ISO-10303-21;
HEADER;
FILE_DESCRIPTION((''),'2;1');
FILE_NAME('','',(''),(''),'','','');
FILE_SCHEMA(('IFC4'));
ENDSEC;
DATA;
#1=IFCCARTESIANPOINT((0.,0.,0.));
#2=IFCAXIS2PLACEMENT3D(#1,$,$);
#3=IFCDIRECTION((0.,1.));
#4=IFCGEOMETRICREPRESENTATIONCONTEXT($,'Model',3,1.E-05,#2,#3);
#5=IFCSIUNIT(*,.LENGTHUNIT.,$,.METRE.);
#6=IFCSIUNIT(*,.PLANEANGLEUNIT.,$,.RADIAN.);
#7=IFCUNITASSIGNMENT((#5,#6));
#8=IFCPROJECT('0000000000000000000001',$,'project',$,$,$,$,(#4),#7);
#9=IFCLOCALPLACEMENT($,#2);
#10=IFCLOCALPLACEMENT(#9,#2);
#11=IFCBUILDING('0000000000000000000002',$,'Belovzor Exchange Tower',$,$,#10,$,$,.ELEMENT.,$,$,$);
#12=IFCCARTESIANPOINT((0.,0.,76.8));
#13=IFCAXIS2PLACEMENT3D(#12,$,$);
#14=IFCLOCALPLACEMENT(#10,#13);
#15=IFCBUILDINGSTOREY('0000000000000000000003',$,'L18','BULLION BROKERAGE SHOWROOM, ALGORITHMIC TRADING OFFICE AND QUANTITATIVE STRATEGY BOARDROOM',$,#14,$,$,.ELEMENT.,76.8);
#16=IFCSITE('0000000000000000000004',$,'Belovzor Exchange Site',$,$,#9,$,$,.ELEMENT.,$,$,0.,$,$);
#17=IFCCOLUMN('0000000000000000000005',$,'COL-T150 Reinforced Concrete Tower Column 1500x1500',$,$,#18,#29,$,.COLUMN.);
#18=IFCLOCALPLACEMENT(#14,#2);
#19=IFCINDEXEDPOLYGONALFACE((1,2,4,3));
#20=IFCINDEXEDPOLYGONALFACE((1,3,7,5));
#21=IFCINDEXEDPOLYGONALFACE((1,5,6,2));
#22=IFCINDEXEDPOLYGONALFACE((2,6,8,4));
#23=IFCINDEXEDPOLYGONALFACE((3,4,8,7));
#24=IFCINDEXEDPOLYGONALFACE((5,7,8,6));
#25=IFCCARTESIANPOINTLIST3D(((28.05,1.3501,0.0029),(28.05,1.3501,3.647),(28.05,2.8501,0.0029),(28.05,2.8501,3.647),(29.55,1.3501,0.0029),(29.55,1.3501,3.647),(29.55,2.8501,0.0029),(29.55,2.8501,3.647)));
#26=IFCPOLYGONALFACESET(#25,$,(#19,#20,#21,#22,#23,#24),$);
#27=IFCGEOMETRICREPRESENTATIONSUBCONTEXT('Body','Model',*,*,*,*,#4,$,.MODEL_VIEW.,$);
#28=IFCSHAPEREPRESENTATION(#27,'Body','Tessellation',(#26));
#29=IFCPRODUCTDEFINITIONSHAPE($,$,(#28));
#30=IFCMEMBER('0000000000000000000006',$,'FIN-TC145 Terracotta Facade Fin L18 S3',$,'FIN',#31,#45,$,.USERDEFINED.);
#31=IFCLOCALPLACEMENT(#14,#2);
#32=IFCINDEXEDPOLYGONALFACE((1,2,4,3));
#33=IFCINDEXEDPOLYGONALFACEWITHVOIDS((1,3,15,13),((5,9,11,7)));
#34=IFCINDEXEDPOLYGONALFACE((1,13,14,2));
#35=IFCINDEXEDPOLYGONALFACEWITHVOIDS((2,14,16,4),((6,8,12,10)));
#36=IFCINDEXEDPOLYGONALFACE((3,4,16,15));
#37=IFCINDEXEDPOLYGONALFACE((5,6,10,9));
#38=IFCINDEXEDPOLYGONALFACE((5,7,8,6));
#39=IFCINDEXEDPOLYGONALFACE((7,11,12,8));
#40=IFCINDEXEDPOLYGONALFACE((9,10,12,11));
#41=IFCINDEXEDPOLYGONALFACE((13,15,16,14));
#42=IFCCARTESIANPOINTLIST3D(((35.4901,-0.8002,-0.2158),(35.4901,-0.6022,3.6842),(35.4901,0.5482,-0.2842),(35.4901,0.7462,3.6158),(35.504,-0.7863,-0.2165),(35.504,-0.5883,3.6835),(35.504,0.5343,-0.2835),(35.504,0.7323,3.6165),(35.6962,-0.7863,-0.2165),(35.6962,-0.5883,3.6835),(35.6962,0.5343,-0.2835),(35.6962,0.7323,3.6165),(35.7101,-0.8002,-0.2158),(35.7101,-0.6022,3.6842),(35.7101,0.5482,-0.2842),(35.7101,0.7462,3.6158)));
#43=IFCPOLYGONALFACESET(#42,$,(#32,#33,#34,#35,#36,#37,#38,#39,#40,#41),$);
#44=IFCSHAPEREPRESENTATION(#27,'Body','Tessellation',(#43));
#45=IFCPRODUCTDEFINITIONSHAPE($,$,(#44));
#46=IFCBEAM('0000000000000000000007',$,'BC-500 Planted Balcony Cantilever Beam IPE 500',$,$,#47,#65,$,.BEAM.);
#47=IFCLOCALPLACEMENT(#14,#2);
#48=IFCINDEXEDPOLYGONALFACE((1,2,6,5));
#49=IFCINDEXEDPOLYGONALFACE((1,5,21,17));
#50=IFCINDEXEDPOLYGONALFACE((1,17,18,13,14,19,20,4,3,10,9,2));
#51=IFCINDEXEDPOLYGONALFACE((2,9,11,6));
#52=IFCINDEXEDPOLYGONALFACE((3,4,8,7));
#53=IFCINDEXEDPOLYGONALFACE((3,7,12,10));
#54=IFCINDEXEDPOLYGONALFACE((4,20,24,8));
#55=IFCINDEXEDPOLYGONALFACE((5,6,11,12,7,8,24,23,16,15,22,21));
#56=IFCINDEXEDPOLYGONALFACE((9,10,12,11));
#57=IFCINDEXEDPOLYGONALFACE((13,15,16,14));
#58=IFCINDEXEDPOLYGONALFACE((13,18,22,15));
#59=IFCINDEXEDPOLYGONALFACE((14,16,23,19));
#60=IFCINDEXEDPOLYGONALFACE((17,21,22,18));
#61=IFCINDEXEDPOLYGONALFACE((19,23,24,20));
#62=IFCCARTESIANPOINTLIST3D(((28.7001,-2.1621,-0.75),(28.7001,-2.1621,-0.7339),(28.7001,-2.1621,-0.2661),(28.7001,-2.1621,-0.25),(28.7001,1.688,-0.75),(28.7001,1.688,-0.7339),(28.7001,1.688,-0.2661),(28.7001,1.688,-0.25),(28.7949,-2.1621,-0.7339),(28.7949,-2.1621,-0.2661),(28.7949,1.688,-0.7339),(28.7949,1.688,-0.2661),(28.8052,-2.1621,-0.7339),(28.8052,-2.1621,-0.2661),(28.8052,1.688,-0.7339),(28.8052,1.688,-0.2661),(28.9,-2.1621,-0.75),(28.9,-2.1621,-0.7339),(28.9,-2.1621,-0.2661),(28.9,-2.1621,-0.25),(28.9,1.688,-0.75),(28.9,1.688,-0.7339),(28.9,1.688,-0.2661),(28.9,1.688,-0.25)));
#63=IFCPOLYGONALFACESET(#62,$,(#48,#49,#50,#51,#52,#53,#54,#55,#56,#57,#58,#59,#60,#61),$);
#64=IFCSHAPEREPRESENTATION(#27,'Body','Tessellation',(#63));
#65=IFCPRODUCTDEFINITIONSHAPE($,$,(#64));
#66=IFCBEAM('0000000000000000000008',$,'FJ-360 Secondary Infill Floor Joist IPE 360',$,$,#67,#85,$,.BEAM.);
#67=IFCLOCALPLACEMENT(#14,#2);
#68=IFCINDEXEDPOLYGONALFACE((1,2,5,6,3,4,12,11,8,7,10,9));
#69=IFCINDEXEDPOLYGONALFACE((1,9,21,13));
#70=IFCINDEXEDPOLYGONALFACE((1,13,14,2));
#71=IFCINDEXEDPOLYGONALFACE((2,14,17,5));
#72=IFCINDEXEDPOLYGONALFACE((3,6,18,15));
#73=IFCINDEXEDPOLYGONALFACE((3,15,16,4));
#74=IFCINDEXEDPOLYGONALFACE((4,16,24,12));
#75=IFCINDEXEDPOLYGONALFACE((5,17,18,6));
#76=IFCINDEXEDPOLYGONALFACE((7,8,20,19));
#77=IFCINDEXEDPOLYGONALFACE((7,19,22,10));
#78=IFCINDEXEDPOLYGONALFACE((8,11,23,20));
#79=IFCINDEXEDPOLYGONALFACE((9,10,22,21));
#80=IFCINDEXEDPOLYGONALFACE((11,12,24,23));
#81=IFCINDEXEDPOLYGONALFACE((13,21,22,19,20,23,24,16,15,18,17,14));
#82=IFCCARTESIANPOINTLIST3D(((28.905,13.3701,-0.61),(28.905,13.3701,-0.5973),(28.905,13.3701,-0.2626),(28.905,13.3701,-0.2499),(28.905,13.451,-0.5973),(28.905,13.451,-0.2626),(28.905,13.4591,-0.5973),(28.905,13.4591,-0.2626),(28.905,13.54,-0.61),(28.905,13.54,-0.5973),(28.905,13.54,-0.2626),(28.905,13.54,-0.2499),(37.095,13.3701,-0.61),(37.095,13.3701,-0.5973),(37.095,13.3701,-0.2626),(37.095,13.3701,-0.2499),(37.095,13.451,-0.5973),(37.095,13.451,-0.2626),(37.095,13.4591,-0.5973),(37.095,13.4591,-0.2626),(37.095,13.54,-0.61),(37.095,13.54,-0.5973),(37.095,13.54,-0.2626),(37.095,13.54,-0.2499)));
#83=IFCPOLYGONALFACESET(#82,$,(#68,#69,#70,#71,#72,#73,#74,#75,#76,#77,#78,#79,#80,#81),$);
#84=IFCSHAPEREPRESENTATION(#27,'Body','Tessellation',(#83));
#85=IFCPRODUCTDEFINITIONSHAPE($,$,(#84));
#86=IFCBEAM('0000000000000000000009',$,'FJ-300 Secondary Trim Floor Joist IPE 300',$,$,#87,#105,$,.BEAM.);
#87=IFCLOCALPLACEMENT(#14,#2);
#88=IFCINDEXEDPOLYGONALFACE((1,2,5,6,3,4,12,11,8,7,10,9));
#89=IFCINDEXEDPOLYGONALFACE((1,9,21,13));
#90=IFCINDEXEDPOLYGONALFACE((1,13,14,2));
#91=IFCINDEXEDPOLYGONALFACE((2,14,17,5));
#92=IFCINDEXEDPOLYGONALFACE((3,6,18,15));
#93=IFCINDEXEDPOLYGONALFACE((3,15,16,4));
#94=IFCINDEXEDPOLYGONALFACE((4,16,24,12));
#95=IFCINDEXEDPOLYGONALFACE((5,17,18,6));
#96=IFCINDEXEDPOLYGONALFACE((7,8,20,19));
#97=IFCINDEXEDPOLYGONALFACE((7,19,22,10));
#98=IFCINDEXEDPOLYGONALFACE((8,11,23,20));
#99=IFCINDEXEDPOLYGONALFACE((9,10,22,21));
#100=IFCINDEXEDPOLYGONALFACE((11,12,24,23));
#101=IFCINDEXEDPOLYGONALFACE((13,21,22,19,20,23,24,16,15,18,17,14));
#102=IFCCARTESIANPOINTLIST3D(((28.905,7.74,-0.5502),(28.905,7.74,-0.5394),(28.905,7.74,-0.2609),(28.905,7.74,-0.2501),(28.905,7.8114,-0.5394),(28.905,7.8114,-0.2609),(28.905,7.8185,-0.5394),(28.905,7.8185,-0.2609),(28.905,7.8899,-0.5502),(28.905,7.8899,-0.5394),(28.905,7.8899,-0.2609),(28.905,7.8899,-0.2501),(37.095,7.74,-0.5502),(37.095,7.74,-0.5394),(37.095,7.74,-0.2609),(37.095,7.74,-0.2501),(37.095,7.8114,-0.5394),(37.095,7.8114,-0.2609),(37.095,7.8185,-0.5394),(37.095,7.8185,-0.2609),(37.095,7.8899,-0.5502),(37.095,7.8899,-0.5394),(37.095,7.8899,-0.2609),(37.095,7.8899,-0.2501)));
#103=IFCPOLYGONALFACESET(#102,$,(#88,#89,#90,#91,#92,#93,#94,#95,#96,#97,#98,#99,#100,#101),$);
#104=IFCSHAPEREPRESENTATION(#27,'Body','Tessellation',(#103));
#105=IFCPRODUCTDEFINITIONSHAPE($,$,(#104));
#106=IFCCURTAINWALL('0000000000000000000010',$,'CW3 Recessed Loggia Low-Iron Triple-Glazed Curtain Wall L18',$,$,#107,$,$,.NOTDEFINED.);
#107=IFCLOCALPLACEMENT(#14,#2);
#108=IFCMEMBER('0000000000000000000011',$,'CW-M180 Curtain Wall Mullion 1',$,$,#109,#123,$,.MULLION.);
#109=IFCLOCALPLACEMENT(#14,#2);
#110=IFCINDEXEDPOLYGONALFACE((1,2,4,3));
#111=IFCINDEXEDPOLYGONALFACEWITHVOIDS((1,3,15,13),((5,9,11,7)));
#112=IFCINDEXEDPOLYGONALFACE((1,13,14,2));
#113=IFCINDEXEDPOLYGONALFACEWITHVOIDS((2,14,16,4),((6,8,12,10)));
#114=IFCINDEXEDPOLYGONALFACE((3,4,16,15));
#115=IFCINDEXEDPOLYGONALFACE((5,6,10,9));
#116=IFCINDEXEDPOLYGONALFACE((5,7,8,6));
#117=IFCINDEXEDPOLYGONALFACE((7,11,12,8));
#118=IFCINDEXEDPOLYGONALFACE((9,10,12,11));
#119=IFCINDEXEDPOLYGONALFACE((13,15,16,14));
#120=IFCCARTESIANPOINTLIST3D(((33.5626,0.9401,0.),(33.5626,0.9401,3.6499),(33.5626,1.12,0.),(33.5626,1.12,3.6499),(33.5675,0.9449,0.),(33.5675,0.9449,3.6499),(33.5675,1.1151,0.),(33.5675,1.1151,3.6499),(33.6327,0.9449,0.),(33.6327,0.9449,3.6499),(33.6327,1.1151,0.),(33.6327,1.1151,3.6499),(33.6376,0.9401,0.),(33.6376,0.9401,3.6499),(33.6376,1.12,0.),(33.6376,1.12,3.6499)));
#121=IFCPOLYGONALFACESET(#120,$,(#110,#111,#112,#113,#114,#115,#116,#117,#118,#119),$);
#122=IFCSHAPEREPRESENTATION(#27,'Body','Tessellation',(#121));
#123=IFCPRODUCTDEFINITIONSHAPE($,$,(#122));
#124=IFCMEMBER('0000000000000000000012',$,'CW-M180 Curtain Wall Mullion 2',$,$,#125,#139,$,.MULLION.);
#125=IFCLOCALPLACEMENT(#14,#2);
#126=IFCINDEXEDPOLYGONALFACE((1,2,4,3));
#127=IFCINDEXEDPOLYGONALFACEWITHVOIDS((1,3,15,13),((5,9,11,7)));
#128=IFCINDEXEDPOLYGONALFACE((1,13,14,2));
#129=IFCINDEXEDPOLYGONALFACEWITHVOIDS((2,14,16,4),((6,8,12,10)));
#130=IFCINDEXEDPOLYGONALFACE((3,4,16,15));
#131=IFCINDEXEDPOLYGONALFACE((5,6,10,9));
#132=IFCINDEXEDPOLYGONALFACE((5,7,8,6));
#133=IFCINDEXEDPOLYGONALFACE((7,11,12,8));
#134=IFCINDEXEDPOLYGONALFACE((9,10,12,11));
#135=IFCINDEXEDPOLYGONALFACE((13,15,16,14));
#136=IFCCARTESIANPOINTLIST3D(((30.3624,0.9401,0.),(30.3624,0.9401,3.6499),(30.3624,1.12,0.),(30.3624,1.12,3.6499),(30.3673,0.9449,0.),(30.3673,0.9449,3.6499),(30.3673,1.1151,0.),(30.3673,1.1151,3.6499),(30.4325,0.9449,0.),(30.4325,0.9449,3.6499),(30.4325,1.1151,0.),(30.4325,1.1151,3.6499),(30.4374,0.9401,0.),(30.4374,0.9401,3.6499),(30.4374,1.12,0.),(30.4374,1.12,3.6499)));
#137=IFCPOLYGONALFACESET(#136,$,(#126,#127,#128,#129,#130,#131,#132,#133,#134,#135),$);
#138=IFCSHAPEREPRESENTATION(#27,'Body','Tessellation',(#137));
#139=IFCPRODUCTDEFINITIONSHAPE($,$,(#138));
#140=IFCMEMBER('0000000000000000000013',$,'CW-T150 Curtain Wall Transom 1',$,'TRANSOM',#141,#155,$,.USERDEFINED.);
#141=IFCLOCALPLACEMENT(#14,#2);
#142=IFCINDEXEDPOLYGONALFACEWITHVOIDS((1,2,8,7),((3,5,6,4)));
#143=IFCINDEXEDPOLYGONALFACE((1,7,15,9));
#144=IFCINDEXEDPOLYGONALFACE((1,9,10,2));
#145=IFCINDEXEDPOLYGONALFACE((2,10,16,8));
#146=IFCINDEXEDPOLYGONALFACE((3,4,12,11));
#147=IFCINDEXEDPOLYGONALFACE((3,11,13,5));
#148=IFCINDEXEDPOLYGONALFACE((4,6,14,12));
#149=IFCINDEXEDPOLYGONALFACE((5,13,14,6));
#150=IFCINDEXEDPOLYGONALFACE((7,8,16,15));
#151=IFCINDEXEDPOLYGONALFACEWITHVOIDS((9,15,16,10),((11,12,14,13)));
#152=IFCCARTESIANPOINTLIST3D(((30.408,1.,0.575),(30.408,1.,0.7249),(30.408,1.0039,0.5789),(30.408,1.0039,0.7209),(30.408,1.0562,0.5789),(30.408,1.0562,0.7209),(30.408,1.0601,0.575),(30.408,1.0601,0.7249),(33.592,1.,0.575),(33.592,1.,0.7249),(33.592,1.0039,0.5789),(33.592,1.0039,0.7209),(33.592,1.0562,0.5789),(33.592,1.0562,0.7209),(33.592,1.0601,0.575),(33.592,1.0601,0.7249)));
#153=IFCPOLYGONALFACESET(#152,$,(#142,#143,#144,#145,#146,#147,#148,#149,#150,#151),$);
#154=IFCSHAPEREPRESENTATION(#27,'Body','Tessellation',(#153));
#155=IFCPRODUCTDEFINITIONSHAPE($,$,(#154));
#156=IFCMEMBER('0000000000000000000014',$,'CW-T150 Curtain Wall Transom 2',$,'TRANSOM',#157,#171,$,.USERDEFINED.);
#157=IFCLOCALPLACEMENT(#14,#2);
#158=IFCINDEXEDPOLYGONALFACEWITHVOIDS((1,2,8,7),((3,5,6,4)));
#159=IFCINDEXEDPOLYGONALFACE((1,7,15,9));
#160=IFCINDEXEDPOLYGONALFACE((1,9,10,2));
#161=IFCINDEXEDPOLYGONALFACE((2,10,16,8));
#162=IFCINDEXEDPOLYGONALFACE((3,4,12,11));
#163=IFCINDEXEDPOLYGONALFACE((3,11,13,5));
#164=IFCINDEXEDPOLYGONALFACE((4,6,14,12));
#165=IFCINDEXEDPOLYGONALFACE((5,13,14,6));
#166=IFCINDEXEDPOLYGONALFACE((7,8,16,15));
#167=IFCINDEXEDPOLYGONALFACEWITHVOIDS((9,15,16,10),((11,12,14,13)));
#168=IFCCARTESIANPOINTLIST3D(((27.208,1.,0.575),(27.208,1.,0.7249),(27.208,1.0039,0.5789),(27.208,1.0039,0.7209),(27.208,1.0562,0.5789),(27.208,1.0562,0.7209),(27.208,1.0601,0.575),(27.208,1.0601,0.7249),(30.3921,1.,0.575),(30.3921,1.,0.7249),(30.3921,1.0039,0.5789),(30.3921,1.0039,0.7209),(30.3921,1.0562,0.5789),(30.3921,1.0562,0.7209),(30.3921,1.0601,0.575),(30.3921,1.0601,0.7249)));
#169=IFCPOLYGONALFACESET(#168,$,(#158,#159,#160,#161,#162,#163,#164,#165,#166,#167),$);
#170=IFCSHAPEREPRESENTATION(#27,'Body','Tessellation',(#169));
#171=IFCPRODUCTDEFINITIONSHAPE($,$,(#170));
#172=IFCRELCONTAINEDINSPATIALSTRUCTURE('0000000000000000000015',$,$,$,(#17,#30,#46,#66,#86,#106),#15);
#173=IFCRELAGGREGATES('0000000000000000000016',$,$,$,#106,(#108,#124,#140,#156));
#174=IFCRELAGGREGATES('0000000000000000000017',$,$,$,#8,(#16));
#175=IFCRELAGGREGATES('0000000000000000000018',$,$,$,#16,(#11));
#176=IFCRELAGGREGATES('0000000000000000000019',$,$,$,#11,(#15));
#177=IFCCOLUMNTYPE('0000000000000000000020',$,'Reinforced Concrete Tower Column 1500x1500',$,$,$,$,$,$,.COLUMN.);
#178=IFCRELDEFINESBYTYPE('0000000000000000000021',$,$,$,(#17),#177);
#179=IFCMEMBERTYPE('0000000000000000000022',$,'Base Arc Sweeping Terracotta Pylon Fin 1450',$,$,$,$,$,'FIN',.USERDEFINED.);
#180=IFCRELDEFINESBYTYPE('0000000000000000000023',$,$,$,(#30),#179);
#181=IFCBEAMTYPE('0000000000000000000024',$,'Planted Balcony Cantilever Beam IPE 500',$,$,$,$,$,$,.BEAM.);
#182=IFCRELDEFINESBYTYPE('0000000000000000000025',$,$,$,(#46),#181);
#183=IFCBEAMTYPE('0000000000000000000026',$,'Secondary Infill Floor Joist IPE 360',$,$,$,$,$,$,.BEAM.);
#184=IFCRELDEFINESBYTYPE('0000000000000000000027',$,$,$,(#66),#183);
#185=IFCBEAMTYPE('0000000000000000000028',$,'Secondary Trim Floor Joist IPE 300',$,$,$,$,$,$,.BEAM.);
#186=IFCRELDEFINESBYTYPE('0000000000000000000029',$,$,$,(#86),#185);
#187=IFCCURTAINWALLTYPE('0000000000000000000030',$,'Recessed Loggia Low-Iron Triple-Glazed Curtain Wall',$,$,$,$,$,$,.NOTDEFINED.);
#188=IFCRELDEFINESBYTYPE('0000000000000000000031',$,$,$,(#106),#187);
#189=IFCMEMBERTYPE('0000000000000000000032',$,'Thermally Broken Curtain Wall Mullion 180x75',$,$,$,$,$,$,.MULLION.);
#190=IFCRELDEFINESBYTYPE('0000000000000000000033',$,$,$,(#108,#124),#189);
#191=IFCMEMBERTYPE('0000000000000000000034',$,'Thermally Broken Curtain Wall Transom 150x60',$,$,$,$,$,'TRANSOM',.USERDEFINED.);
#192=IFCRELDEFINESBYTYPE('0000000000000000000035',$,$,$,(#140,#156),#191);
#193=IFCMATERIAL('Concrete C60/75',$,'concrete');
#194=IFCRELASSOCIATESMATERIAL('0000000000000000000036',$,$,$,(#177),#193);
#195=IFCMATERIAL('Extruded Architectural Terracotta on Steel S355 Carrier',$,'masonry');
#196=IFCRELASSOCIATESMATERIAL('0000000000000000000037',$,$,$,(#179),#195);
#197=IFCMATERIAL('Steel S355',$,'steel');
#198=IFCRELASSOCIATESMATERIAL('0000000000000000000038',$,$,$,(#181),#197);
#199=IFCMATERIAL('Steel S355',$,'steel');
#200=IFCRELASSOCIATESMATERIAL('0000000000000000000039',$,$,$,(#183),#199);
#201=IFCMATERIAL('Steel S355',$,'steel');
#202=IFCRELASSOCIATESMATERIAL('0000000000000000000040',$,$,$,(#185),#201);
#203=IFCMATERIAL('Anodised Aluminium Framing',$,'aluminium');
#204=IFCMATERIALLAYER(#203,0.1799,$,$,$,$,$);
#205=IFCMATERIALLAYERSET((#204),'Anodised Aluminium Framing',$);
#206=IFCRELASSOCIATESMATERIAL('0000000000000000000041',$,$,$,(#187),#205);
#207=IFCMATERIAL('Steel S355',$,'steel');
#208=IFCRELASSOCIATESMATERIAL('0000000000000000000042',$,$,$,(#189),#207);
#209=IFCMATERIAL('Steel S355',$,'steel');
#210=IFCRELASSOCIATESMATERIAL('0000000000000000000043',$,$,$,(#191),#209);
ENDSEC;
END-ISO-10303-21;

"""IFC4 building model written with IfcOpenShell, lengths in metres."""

from ifc_helpers import new_model, si_unit, direction, frame, origin, origin_2d, place, context, subcontext, project, spatial, rectangle, hollow_rectangle, i_section, extrude, material, layer, layer_set, material_profile, profile_set, type_object, element, aggregate, save


model = new_model("IFC4")

# Units and contexts
model_context = context("Model", 3, precision=1e-05, world=origin(), true_north=direction((0.0, 1.0)))
body_context = subcontext(model_context, "Body", "Model", "MODEL_VIEW")
ifc_project = project(units=[si_unit("LENGTHUNIT", "METRE"), si_unit("PLANEANGLEUNIT", "RADIAN")], contexts=[model_context])

# Site, building, storey
site_placement = place(None, origin())
site = spatial("IfcSite", under=ifc_project, at=site_placement, Name="Belovzor Exchange Site", CompositionType="ELEMENT", RefElevation=0.0)
building_placement = place(site_placement, origin())
building = spatial("IfcBuilding", under=site, at=building_placement, Name="Belovzor Exchange Tower", CompositionType="ELEMENT")
storey_placement = place(building_placement, frame((0.0, 0.0, 76.8)))
storey = spatial("IfcBuildingStorey", under=building, at=storey_placement, Name="L18", Description="BULLION BROKERAGE SHOWROOM, ALGORITHMIC TRADING OFFICE AND QUANTITATIVE STRATEGY BOARDROOM", CompositionType="ELEMENT", Elevation=76.8)

# Column
ifc_material_1 = material(Name="Concrete C60/75", Category="concrete")
ifc_material_profile_1 = material_profile(ifc_material_1, rectangle(XDim=1.5, YDim=1.5, at=origin_2d()))
ifc_profile_set_1 = profile_set([ifc_material_profile_1], Name="Concrete C60/75")
column_type = type_object("IfcColumnType", Name="Reinforced Concrete Tower Column 1500x1500", PredefinedType="COLUMN", material=ifc_profile_set_1)
column_placement = place(storey_placement, frame((28.8, 2.1001, 0.0029), z_axis=(0.0, 0.0, 1.0), x_axis=(1.0, 0.0, 0.0)))
element("IfcColumn", 1, at=column_placement, inside=storey, type_object=column_type, Name="COL-T150 Reinforced Concrete Tower Column 1500x1500", PredefinedType="COLUMN", context=body_context, shape_type="SweptSolid", body=[
    extrude(rectangle(XDim=1.5, YDim=1.5, at=origin_2d()), origin(), (0.0, 0.0, 1.0), 3.644),
])

# Member
ifc_material_2 = material(Name="Extruded Architectural Terracotta on Steel S355 Carrier", Category="masonry")
ifc_material_profile_2 = material_profile(ifc_material_2, hollow_rectangle(XDim=0.22, YDim=1.3501, WallThickness=0.0139, at=origin_2d()))
ifc_profile_set_2 = profile_set([ifc_material_profile_2], Name="Extruded Architectural Terracotta on Steel S355 Carrier")
member_type_1 = type_object("IfcMemberType", Name="Base Arc Sweeping Terracotta Pylon Fin 1450", ElementType="FIN", PredefinedType="USERDEFINED", material=ifc_profile_set_2)
member_1_placement = place(storey_placement, frame((35.6001, -0.126, -0.25), z_axis=(0.0, 0.050705, 0.998714), x_axis=(-1.0, 0.0, 0.0)))
element("IfcMember", 2, at=member_1_placement, inside=storey, type_object=member_type_1, Name="FIN-TC145 Terracotta Facade Fin L18 S3", ObjectType="FIN", PredefinedType="USERDEFINED", context=body_context, shape_type="SweptSolid", body=[
    extrude(hollow_rectangle(XDim=0.22, YDim=1.3501, WallThickness=0.0139, at=origin_2d()), origin(), (0.0, 0.0, 1.0), 3.905),
])

# Beams
ifc_material_3 = material(Name="Steel S355", Category="steel")
ifc_material_profile_3 = material_profile(ifc_material_3, i_section(OverallWidth=0.2, OverallDepth=0.5, WebThickness=0.0103, FlangeThickness=0.0161, at=origin_2d()))
ifc_profile_set_3 = profile_set([ifc_material_profile_3], Name="Steel S355")
beam_type_1 = type_object("IfcBeamType", Name="Planted Balcony Cantilever Beam IPE 500", PredefinedType="BEAM", material=ifc_profile_set_3)
beam_1_placement = place(storey_placement, frame((28.8, 1.688, -0.5), z_axis=(0.0, -1.0, 0.0), x_axis=(1.0, 0.0, 0.0)))
element("IfcBeam", 3, at=beam_1_placement, inside=storey, type_object=beam_type_1, Name="BC-500 Planted Balcony Cantilever Beam IPE 500", PredefinedType="BEAM", context=body_context, shape_type="SweptSolid", body=[
    extrude(i_section(OverallWidth=0.2, OverallDepth=0.5, WebThickness=0.0103, FlangeThickness=0.0161, at=origin_2d()), origin(), (0.0, 0.0, 1.0), 3.8501),
])
ifc_material_4 = material(Name="Steel S355", Category="steel")
ifc_material_profile_4 = material_profile(ifc_material_4, i_section(OverallWidth=0.1699, OverallDepth=0.3601, WebThickness=0.0081, FlangeThickness=0.0127, at=origin_2d()))
ifc_profile_set_4 = profile_set([ifc_material_profile_4], Name="Steel S355")
beam_type_2 = type_object("IfcBeamType", Name="Secondary Infill Floor Joist IPE 360", PredefinedType="BEAM", material=ifc_profile_set_4)
beam_2_placement = place(storey_placement, frame((28.905, 13.4551, -0.4299), z_axis=(1.0, 0.0, 0.0), x_axis=(0.0, 1.0, 0.0)))
element("IfcBeam", 4, at=beam_2_placement, inside=storey, type_object=beam_type_2, Name="FJ-360 Secondary Infill Floor Joist IPE 360", PredefinedType="BEAM", context=body_context, shape_type="SweptSolid", body=[
    extrude(i_section(OverallWidth=0.1699, OverallDepth=0.3601, WebThickness=0.0081, FlangeThickness=0.0127, at=origin_2d()), origin(), (0.0, 0.0, 1.0), 8.1899),
])
ifc_material_5 = material(Name="Steel S355", Category="steel")
ifc_material_profile_5 = material_profile(ifc_material_5, i_section(OverallWidth=0.1499, OverallDepth=0.3, WebThickness=0.0071, FlangeThickness=0.0107, at=origin_2d()))
ifc_profile_set_5 = profile_set([ifc_material_profile_5], Name="Steel S355")
beam_type_3 = type_object("IfcBeamType", Name="Secondary Trim Floor Joist IPE 300", PredefinedType="BEAM", material=ifc_profile_set_5)
beam_3_placement = place(storey_placement, frame((28.905, 7.8149, -0.4001), z_axis=(1.0, 0.0, 0.0), x_axis=(0.0, 1.0, 0.0)))
element("IfcBeam", 5, at=beam_3_placement, inside=storey, type_object=beam_type_3, Name="FJ-300 Secondary Trim Floor Joist IPE 300", PredefinedType="BEAM", context=body_context, shape_type="SweptSolid", body=[
    extrude(i_section(OverallWidth=0.1499, OverallDepth=0.3, WebThickness=0.0071, FlangeThickness=0.0107, at=origin_2d()), origin(), (0.0, 0.0, 1.0), 8.1899),
])

# Curtain wall, members
ifc_material_6 = material(Name="Anodised Aluminium Framing", Category="aluminium")
ifc_layer_1 = layer(ifc_material_6, 0.1799)
ifc_layer_set_1 = layer_set([ifc_layer_1], Name="Anodised Aluminium Framing")
curtain_wall_type = type_object("IfcCurtainWallType", Name="Recessed Loggia Low-Iron Triple-Glazed Curtain Wall", PredefinedType="NOTDEFINED", material=ifc_layer_set_1)
curtain_wall_placement = place(storey_placement, origin())
curtain_wall = element("IfcCurtainWall", 6, at=curtain_wall_placement, inside=storey, type_object=curtain_wall_type, Name="CW3 Recessed Loggia Low-Iron Triple-Glazed Curtain Wall L18", PredefinedType="NOTDEFINED")
ifc_material_7 = material(Name="Steel S355", Category="steel")
ifc_material_profile_6 = material_profile(ifc_material_7, hollow_rectangle(XDim=0.075, YDim=0.1799, WallThickness=0.0049, at=origin_2d()))
ifc_profile_set_6 = profile_set([ifc_material_profile_6], Name="Steel S355")
member_type_2 = type_object("IfcMemberType", Name="Thermally Broken Curtain Wall Mullion 180x75", PredefinedType="MULLION", material=ifc_profile_set_6)
member_2_placement = place(storey_placement, frame((33.6001, 1.03, 0.0), z_axis=(0.0, 0.0, 1.0), x_axis=(-1.0, 0.0, 0.0)))
member_2 = element("IfcMember", 7, at=member_2_placement, type_object=member_type_2, Name="CW-M180 Curtain Wall Mullion 1", PredefinedType="MULLION", context=body_context, shape_type="SweptSolid", body=[
    extrude(hollow_rectangle(XDim=0.075, YDim=0.1799, WallThickness=0.0049, at=origin_2d()), origin(), (0.0, 0.0, 1.0), 3.6499),
])
member_3_placement = place(storey_placement, frame((30.3999, 1.03, 0.0), z_axis=(0.0, 0.0, 1.0), x_axis=(-1.0, 0.0, 0.0)))
member_3 = element("IfcMember", 8, at=member_3_placement, type_object=member_type_2, Name="CW-M180 Curtain Wall Mullion 2", PredefinedType="MULLION", context=body_context, shape_type="SweptSolid", body=[
    extrude(hollow_rectangle(XDim=0.075, YDim=0.1799, WallThickness=0.0049, at=origin_2d()), origin(), (0.0, 0.0, 1.0), 3.6499),
])
ifc_material_8 = material(Name="Steel S355", Category="steel")
ifc_material_profile_7 = material_profile(ifc_material_8, hollow_rectangle(XDim=0.0601, YDim=0.1499, WallThickness=0.0039, at=origin_2d()))
ifc_profile_set_7 = profile_set([ifc_material_profile_7], Name="Steel S355")
member_type_3 = type_object("IfcMemberType", Name="Thermally Broken Curtain Wall Transom 150x60", ElementType="TRANSOM", PredefinedType="USERDEFINED", material=ifc_profile_set_7)
member_4_placement = place(storey_placement, frame((33.592, 1.03, 0.6499), z_axis=(-1.0, 0.0, 0.0), x_axis=(0.0, -1.0, 0.0)))
member_4 = element("IfcMember", 9, at=member_4_placement, type_object=member_type_3, Name="CW-T150 Curtain Wall Transom 1", ObjectType="TRANSOM", PredefinedType="USERDEFINED", context=body_context, shape_type="SweptSolid", body=[
    extrude(hollow_rectangle(XDim=0.0601, YDim=0.1499, WallThickness=0.0039, at=origin_2d()), origin(), (0.0, 0.0, 1.0), 3.1841),
])
member_5_placement = place(storey_placement, frame((30.3921, 1.03, 0.6499), z_axis=(-1.0, 0.0, 0.0), x_axis=(0.0, -1.0, 0.0)))
member_5 = element("IfcMember", 10, at=member_5_placement, type_object=member_type_3, Name="CW-T150 Curtain Wall Transom 2", ObjectType="TRANSOM", PredefinedType="USERDEFINED", context=body_context, shape_type="SweptSolid", body=[
    extrude(hollow_rectangle(XDim=0.0601, YDim=0.1499, WallThickness=0.0039, at=origin_2d()), origin(), (0.0, 0.0, 1.0), 3.1841),
])

aggregate(curtain_wall, [member_2, member_3, member_4, member_5])

save(model, "model.ifc")
